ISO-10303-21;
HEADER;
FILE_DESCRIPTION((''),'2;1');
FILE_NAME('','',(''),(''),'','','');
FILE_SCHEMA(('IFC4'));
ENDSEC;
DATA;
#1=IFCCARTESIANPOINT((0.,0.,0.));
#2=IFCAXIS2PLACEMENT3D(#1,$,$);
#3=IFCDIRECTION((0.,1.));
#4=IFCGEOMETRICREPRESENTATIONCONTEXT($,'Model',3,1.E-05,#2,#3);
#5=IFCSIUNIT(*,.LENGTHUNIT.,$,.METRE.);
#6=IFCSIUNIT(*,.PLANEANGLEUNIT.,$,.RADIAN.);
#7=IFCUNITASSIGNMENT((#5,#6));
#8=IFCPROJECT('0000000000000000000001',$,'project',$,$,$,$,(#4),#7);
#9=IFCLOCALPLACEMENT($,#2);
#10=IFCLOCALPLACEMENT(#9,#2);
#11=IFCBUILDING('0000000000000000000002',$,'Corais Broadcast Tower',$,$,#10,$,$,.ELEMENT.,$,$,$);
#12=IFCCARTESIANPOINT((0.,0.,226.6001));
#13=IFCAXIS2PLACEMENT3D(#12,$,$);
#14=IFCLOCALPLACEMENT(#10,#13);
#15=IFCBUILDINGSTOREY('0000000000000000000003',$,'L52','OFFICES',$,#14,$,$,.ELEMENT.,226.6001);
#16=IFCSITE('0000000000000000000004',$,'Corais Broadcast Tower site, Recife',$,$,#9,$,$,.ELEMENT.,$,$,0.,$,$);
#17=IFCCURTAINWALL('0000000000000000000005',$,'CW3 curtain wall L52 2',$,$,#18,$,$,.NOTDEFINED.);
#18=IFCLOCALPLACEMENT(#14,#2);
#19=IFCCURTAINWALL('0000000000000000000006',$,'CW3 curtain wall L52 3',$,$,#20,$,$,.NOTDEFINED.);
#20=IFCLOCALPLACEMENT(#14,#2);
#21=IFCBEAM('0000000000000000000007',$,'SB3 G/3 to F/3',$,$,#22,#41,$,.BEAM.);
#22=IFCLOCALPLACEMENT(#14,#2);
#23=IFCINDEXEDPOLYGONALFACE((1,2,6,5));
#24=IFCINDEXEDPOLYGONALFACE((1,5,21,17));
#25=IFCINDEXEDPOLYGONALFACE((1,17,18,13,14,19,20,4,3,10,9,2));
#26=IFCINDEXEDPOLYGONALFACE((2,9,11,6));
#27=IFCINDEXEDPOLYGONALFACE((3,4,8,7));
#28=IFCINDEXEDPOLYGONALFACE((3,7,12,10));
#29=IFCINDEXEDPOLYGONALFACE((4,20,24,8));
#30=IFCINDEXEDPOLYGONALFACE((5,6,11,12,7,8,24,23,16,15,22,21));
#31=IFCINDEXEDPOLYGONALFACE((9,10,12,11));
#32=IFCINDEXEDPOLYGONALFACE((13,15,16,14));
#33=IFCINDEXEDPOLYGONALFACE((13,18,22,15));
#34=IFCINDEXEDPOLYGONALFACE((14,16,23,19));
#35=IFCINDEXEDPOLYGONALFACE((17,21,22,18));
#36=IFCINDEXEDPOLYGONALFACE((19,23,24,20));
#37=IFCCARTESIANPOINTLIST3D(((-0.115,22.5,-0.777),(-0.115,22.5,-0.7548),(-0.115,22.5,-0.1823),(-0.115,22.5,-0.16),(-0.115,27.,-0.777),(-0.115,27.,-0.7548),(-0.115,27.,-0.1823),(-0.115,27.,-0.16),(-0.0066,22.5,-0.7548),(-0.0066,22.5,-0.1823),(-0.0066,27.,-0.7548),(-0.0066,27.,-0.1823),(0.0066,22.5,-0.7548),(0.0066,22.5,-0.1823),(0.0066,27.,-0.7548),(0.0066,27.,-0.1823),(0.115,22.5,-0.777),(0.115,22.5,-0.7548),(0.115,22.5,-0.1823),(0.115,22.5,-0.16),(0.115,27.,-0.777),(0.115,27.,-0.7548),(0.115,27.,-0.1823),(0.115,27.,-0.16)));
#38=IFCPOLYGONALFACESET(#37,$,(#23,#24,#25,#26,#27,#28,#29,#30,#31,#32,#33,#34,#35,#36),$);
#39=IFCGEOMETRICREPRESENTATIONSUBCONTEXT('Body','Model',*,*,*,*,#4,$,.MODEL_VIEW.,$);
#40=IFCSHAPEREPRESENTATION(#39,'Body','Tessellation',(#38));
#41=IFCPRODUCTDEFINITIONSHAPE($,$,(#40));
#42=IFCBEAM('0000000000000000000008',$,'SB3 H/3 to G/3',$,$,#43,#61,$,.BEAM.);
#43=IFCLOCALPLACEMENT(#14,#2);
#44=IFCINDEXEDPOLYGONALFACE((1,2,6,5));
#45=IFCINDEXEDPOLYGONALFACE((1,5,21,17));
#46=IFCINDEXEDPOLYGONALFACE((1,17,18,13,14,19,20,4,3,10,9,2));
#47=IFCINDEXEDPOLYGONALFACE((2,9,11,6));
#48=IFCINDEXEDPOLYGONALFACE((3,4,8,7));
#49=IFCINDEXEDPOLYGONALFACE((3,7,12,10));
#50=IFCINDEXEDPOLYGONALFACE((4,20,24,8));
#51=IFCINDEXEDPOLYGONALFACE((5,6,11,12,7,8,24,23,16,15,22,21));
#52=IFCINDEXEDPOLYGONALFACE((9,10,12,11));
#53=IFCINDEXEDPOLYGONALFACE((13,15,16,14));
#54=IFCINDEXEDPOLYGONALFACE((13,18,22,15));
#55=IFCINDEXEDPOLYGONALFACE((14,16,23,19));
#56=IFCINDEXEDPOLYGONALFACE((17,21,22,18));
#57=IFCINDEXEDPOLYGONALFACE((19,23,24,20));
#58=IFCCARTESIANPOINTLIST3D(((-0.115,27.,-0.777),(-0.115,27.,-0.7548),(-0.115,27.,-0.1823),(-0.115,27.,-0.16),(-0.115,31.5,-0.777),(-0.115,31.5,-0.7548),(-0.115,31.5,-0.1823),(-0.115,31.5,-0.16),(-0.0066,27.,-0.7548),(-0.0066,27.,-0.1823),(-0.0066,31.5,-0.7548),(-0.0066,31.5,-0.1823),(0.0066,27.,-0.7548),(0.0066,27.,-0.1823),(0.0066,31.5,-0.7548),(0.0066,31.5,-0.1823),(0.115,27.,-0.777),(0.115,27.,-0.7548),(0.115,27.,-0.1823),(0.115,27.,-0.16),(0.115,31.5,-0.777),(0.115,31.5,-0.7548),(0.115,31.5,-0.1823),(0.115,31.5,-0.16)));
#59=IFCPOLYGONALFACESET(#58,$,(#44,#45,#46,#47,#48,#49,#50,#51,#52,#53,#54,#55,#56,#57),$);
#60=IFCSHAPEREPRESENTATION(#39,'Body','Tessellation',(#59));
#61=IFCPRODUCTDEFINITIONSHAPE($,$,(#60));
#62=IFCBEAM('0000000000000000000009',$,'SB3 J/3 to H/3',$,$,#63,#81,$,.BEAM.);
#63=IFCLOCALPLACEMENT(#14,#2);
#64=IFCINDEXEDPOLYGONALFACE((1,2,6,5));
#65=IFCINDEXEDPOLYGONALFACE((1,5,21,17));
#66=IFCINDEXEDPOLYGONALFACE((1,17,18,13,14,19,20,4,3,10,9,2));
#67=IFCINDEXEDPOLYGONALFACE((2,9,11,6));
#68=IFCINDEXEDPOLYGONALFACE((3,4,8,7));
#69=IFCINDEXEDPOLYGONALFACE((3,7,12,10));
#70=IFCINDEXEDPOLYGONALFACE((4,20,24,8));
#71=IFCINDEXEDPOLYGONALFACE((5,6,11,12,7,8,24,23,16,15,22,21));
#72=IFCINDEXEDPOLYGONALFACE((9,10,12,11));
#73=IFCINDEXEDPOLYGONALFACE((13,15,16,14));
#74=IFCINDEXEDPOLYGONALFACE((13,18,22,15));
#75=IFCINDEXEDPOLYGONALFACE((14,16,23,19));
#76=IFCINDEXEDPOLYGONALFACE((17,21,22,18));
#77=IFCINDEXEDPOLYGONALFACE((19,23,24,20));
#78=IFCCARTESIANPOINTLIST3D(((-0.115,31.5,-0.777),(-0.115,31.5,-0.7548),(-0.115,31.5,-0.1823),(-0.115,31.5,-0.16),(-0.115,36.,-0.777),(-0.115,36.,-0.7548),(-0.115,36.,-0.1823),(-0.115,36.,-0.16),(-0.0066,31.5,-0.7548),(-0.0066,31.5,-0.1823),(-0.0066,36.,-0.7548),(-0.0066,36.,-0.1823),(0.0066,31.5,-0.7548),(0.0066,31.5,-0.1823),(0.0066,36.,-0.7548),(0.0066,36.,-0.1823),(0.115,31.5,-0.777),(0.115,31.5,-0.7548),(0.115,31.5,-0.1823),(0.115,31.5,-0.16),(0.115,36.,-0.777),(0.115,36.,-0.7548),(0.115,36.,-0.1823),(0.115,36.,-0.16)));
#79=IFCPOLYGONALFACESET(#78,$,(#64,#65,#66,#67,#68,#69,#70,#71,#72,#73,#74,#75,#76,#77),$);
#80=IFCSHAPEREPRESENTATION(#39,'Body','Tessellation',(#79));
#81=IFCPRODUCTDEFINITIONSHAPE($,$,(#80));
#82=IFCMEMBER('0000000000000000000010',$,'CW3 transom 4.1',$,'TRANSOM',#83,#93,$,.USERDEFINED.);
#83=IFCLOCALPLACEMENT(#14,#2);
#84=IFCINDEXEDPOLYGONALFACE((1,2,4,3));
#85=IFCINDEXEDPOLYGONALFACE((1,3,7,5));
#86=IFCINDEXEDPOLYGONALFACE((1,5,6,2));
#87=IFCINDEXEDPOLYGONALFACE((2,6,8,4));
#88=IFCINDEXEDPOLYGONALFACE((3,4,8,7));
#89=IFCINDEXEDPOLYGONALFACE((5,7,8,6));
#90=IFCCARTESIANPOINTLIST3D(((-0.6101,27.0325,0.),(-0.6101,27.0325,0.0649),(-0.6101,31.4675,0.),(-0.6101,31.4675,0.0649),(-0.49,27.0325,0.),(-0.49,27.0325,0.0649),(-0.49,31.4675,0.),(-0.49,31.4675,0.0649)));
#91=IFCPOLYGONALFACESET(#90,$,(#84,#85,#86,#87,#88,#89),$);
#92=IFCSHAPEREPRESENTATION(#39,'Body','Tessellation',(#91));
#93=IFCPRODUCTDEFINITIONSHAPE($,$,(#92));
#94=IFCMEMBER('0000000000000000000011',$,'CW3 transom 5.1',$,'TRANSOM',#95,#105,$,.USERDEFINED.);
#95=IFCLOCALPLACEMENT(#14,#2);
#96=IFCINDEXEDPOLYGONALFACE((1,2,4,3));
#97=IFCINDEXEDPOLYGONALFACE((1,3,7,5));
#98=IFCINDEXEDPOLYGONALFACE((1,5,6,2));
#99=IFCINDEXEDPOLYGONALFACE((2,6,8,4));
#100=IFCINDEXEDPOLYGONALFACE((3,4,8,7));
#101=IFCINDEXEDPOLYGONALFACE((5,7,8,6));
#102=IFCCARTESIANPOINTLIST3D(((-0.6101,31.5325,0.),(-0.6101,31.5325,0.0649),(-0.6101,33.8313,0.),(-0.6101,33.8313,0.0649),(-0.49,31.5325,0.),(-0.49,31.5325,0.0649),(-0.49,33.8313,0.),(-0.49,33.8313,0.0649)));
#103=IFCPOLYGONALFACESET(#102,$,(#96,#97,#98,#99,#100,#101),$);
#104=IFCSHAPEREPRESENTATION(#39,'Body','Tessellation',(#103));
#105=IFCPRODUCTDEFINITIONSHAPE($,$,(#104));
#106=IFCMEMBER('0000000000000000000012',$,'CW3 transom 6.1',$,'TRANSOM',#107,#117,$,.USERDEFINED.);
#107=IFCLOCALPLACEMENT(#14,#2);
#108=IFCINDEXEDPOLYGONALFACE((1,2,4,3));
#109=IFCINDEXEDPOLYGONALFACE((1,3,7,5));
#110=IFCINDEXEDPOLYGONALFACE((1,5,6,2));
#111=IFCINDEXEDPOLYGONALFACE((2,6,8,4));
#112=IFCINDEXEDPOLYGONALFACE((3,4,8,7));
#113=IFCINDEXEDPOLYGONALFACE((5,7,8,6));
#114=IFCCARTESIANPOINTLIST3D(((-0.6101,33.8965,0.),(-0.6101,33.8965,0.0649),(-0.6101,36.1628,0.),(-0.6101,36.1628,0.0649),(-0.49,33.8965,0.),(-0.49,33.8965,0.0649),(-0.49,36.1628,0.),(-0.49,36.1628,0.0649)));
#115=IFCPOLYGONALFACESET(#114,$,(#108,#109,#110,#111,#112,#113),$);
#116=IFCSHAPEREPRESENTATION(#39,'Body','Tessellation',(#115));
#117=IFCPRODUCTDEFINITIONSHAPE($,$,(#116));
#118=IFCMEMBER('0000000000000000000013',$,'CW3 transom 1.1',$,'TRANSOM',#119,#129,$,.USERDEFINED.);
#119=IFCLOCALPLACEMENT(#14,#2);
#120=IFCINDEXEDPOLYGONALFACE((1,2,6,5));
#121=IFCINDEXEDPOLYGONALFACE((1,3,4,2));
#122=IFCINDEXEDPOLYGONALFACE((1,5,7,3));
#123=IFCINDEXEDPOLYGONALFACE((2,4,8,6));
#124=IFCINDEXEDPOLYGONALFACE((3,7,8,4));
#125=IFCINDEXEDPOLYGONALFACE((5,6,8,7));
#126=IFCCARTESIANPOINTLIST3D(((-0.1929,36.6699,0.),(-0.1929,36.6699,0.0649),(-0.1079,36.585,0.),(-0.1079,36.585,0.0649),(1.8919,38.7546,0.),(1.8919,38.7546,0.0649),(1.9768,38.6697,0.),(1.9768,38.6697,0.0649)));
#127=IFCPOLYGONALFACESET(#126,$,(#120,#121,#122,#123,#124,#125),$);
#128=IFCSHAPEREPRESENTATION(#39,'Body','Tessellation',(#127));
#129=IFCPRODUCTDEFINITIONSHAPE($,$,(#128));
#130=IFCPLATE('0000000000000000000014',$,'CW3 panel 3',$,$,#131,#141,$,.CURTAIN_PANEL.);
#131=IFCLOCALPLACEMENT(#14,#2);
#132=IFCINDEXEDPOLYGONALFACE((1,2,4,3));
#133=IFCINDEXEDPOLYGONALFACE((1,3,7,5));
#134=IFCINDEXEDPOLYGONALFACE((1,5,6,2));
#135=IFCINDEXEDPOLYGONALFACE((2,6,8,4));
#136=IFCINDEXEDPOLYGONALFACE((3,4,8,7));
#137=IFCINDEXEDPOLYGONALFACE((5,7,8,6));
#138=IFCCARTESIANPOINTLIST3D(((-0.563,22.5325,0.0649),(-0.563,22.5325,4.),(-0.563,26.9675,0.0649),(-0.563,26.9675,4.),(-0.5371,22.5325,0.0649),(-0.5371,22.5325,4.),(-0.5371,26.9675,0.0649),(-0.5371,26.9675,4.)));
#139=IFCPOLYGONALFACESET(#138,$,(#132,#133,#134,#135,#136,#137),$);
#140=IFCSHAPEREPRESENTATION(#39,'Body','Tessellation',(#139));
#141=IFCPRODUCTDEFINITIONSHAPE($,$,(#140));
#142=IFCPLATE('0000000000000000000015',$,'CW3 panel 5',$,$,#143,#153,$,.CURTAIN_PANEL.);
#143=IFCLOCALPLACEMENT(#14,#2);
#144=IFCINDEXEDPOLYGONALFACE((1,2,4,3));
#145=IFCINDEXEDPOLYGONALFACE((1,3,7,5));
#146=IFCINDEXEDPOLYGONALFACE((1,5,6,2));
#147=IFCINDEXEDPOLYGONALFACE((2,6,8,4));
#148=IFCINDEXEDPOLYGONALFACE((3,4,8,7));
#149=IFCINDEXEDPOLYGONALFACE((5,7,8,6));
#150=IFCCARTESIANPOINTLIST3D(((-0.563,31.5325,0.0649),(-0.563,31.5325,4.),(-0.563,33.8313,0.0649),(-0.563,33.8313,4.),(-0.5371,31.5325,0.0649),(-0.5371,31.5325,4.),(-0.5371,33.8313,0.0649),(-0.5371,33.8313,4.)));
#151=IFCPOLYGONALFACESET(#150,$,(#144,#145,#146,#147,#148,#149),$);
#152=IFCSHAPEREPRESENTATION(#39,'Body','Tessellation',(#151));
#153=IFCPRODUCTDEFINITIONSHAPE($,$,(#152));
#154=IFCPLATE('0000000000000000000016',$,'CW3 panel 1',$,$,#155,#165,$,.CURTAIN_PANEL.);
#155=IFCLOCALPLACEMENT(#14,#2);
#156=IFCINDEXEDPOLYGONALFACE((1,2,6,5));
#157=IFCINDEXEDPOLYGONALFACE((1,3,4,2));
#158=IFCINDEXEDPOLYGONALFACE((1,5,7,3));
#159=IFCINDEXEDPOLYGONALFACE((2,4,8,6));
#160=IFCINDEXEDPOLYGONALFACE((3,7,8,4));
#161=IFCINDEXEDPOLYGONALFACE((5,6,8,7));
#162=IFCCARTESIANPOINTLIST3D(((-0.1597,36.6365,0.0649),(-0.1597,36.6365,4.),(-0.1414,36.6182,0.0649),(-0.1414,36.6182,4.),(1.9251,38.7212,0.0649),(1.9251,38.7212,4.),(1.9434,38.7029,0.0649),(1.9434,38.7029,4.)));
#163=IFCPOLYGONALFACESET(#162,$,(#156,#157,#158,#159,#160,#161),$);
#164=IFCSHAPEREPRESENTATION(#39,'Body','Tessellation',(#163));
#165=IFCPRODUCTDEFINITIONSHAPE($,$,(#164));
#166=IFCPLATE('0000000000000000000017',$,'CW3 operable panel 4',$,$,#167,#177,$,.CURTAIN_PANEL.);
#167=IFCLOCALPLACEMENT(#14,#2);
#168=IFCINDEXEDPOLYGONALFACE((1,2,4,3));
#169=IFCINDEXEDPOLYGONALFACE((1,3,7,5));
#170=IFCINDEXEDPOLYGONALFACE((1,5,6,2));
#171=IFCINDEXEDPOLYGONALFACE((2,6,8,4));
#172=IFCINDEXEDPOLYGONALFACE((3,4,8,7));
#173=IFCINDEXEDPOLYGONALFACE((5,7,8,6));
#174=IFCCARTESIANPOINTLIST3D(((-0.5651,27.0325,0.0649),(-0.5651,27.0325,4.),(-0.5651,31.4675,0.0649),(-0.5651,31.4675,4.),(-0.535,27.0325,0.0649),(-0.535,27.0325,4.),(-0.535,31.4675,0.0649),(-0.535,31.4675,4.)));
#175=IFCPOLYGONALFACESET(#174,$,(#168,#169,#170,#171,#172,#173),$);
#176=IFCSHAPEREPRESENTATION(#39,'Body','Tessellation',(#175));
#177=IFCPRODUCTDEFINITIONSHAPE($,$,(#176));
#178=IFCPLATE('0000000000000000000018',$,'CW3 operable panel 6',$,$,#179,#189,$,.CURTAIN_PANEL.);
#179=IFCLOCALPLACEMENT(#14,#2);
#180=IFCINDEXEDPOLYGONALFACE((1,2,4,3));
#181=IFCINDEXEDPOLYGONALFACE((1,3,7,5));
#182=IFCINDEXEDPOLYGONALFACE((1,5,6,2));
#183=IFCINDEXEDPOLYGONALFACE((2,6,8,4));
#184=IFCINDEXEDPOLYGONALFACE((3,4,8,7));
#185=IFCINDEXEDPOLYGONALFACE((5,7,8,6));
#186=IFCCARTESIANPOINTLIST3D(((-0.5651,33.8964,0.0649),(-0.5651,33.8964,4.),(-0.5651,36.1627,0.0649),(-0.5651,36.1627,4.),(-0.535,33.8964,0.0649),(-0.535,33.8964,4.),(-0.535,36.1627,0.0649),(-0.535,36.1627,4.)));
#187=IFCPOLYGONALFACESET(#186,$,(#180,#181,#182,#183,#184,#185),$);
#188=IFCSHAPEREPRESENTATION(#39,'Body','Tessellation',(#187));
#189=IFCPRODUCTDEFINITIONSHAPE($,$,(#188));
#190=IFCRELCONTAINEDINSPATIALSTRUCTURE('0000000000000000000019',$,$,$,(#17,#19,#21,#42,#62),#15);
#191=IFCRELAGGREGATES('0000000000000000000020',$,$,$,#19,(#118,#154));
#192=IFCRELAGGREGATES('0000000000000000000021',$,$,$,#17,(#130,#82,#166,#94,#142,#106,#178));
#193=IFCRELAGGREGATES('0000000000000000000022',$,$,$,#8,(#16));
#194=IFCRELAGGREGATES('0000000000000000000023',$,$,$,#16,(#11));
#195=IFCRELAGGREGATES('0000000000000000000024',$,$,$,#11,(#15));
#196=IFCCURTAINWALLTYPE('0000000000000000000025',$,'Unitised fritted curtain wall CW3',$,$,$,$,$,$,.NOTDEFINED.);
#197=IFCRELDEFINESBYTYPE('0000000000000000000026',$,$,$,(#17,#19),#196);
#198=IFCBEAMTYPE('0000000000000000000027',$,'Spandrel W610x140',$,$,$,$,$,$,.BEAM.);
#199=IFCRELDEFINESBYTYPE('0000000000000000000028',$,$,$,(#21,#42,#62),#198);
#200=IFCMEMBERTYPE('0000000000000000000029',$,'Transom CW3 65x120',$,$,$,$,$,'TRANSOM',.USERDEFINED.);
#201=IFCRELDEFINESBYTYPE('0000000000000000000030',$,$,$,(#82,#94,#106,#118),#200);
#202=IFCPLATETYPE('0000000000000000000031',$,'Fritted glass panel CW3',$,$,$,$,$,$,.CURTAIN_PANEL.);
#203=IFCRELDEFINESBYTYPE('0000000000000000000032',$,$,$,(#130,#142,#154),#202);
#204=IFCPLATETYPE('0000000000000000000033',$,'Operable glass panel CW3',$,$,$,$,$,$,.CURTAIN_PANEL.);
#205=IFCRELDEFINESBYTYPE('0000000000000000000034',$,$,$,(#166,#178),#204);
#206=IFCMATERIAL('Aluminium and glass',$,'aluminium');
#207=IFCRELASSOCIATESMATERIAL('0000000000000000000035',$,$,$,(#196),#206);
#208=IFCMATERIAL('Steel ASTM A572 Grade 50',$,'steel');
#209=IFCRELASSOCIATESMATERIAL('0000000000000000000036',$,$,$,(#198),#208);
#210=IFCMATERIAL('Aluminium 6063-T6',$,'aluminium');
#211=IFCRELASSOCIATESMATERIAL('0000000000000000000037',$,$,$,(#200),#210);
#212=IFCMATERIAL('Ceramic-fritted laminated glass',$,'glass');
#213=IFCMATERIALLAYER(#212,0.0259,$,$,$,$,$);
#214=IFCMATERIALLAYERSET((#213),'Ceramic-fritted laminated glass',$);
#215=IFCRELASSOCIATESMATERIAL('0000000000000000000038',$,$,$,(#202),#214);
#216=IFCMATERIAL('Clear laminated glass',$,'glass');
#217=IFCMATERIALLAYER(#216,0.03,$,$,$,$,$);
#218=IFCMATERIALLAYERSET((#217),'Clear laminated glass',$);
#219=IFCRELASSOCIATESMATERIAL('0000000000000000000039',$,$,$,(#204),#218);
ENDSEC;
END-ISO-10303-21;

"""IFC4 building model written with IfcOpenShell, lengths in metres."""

from ifc_helpers import new_model, si_unit, direction, frame, origin, origin_2d, place, context, subcontext, project, spatial, rectangle, i_section, extrude, material, layer, layer_set, material_profile, profile_set, type_object, element, aggregate, save


model = new_model("IFC4")

# Units and contexts
model_context = context("Model", 3, precision=1e-05, world=origin(), true_north=direction((0.0, 1.0)))
body_context = subcontext(model_context, "Body", "Model", "MODEL_VIEW")
ifc_project = project(units=[si_unit("LENGTHUNIT", "METRE"), si_unit("PLANEANGLEUNIT", "RADIAN")], contexts=[model_context])

# Site, building, storey
site_placement = place(None, origin())
site = spatial("IfcSite", under=ifc_project, at=site_placement, Name="Corais Broadcast Tower site, Recife", CompositionType="ELEMENT", RefElevation=0.0)
building_placement = place(site_placement, origin())
building = spatial("IfcBuilding", under=site, at=building_placement, Name="Corais Broadcast Tower", CompositionType="ELEMENT")
storey_placement = place(building_placement, frame((0.0, 0.0, 226.6001)))
storey = spatial("IfcBuildingStorey", under=building, at=storey_placement, Name="L52", Description="OFFICES", CompositionType="ELEMENT", Elevation=226.6001)

# Curtain walls
ifc_material_1 = material(Name="Aluminium and glass", Category="aluminium")
curtain_wall_type = type_object("IfcCurtainWallType", Name="Unitised fritted curtain wall CW3", PredefinedType="NOTDEFINED", material=ifc_material_1)
curtain_wall_1_placement = place(storey_placement, origin())
curtain_wall_1 = element("IfcCurtainWall", 1, at=curtain_wall_1_placement, inside=storey, type_object=curtain_wall_type, Name="CW3 curtain wall L52 2", PredefinedType="NOTDEFINED")
curtain_wall_2_placement = place(storey_placement, origin())
curtain_wall_2 = element("IfcCurtainWall", 2, at=curtain_wall_2_placement, inside=storey, type_object=curtain_wall_type, Name="CW3 curtain wall L52 3", PredefinedType="NOTDEFINED")

# Beams
ifc_material_2 = material(Name="Steel ASTM A572 Grade 50", Category="steel")
ifc_material_profile_1 = material_profile(ifc_material_2, i_section(OverallWidth=0.23, OverallDepth=0.6169, WebThickness=0.0132, FlangeThickness=0.0222, at=origin_2d()), Name="W610x140")
ifc_profile_set_1 = profile_set([ifc_material_profile_1], Name="Steel ASTM A572 Grade 50")
beam_type_1 = type_object("IfcBeamType", Name="Spandrel W610x140", PredefinedType="BEAM", material=ifc_profile_set_1)
for number, where, z_axis, x_axis, name in (
    (3, (0.0, 27.0, -0.4685), (0.0, -1.0, 0.0), (1.0, 0.0, 0.0), "SB3 G/3 to F/3"),
    (4, (0.0, 31.5, -0.4685), (0.0, -1.0, 0.0), (1.0, 0.0, 0.0), "SB3 H/3 to G/3"),
    (5, (0.0, 36.0, -0.4685), (0.0, -1.0, 0.0), (1.0, 0.0, 0.0), "SB3 J/3 to H/3"),
):
    element("IfcBeam", number, at=place(storey_placement, frame(where, z_axis=z_axis, x_axis=x_axis)), inside=storey, type_object=beam_type_1, Name=name, PredefinedType="BEAM", context=body_context, shape_type="SweptSolid", body=[
        extrude(i_section(OverallWidth=0.23, OverallDepth=0.6169, WebThickness=0.0132, FlangeThickness=0.0222, at=origin_2d()), origin(), (0.0, 0.0, 1.0), 4.5),
    ])

# Members
ifc_material_3 = material(Name="Aluminium 6063-T6", Category="aluminium")
ifc_material_profile_2 = material_profile(ifc_material_3, rectangle(XDim=0.1201, YDim=0.0649, at=origin_2d()), Name="Transom CW3 65x120")
ifc_profile_set_2 = profile_set([ifc_material_profile_2], Name="Aluminium 6063-T6")
member_type_1 = type_object("IfcMemberType", Name="Transom CW3 65x120", ElementType="TRANSOM", PredefinedType="USERDEFINED", material=ifc_profile_set_2)
member_1_placement = place(storey_placement, frame((-0.55, 27.0325, 0.0325), z_axis=(0.0, 1.0, 0.0), x_axis=(-1.0, 0.0, 0.0)))
member_1 = element("IfcMember", 6, at=member_1_placement, type_object=member_type_1, Name="CW3 transom 4.1", ObjectType="TRANSOM", PredefinedType="USERDEFINED", context=body_context, shape_type="SweptSolid", body=[
    extrude(rectangle(XDim=0.1201, YDim=0.0649, at=origin_2d()), origin(), (0.0, 0.0, 1.0), 4.4351),
])
member_2_placement = place(storey_placement, frame((-0.55, 31.5325, 0.0325), z_axis=(0.0, 1.0, 0.0), x_axis=(-1.0, 0.0, 0.0)))
member_2 = element("IfcMember", 7, at=member_2_placement, type_object=member_type_1, Name="CW3 transom 5.1", ObjectType="TRANSOM", PredefinedType="USERDEFINED", context=body_context, shape_type="SweptSolid", body=[
    extrude(rectangle(XDim=0.1201, YDim=0.0649, at=origin_2d()), origin(), (0.0, 0.0, 1.0), 2.2988),
])
member_3_placement = place(storey_placement, frame((-0.55, 33.8965, 0.0325), z_axis=(0.0, 1.0, 0.0), x_axis=(-1.0, 0.0, 0.0)))
member_3 = element("IfcMember", 8, at=member_3_placement, type_object=member_type_1, Name="CW3 transom 6.1", ObjectType="TRANSOM", PredefinedType="USERDEFINED", context=body_context, shape_type="SweptSolid", body=[
    extrude(rectangle(XDim=0.1201, YDim=0.0649, at=origin_2d()), origin(), (0.0, 0.0, 1.0), 2.2664),
])
member_4_placement = place(storey_placement, frame((-0.1504, 36.6274, 0.0325), z_axis=(0.707107, 0.707107, 0.0), x_axis=(-0.707107, 0.707107, 0.0)))
member_4 = element("IfcMember", 9, at=member_4_placement, type_object=member_type_1, Name="CW3 transom 1.1", ObjectType="TRANSOM", PredefinedType="USERDEFINED", context=body_context, shape_type="SweptSolid", body=[
    extrude(rectangle(XDim=0.1201, YDim=0.0649, at=origin_2d()), origin(), (0.0, 0.0, 1.0), 2.9482),
])

# Plates
ifc_material_4 = material(Name="Ceramic-fritted laminated glass", Category="glass")
ifc_layer_1 = layer(ifc_material_4, 0.0259)
ifc_layer_set_1 = layer_set([ifc_layer_1], Name="Ceramic-fritted laminated glass")
plate_type_1 = type_object("IfcPlateType", Name="Fritted glass panel CW3", PredefinedType="CURTAIN_PANEL", material=ifc_layer_set_1)
plate_1_placement = place(storey_placement, frame((-0.55, 24.75, 0.0649), z_axis=(0.0, 0.0, 1.0), x_axis=(0.0, 1.0, 0.0)))
plate_1 = element("IfcPlate", 10, at=plate_1_placement, type_object=plate_type_1, Name="CW3 panel 3", PredefinedType="CURTAIN_PANEL", context=body_context, shape_type="SweptSolid", body=[
    extrude(rectangle(XDim=4.4351, YDim=0.0259, at=origin_2d()), origin(), (0.0, 0.0, 1.0), 3.9351),
])
plate_2_placement = place(storey_placement, frame((-0.55, 32.6819, 0.0649), z_axis=(0.0, 0.0, 1.0), x_axis=(0.0, 1.0, 0.0)))
plate_2 = element("IfcPlate", 11, at=plate_2_placement, type_object=plate_type_1, Name="CW3 panel 5", PredefinedType="CURTAIN_PANEL", context=body_context, shape_type="SweptSolid", body=[
    extrude(rectangle(XDim=2.2988, YDim=0.0259, at=origin_2d()), origin(), (0.0, 0.0, 1.0), 3.9351),
])
plate_3_placement = place(storey_placement, frame((0.8918, 37.6697, 0.0649), z_axis=(0.0, 0.0, 1.0), x_axis=(0.707107, 0.707107, 0.0)))
plate_3 = element("IfcPlate", 12, at=plate_3_placement, type_object=plate_type_1, Name="CW3 panel 1", PredefinedType="CURTAIN_PANEL", context=body_context, shape_type="SweptSolid", body=[
    extrude(rectangle(XDim=2.9482, YDim=0.0259, at=origin_2d()), origin(), (0.0, 0.0, 1.0), 3.9351),
])
aggregate(curtain_wall_2, [member_4, plate_3])
ifc_material_5 = material(Name="Clear laminated glass", Category="glass")
ifc_layer_2 = layer(ifc_material_5, 0.03)
ifc_layer_set_2 = layer_set([ifc_layer_2], Name="Clear laminated glass")
plate_type_2 = type_object("IfcPlateType", Name="Operable glass panel CW3", PredefinedType="CURTAIN_PANEL", material=ifc_layer_set_2)
plate_4_placement = place(storey_placement, frame((-0.55, 29.25, 0.0649), z_axis=(0.0, 0.0, 1.0), x_axis=(0.0, 1.0, 0.0)))
plate_4 = element("IfcPlate", 13, at=plate_4_placement, type_object=plate_type_2, Name="CW3 operable panel 4", PredefinedType="CURTAIN_PANEL", context=body_context, shape_type="SweptSolid", body=[
    extrude(rectangle(XDim=4.4351, YDim=0.03, at=origin_2d()), origin(), (0.0, 0.0, 1.0), 3.9351),
])
plate_5_placement = place(storey_placement, frame((-0.55, 35.0295, 0.0649), z_axis=(0.0, 0.0, 1.0), x_axis=(0.0, 1.0, 0.0)))
plate_5 = element("IfcPlate", 14, at=plate_5_placement, type_object=plate_type_2, Name="CW3 operable panel 6", PredefinedType="CURTAIN_PANEL", context=body_context, shape_type="SweptSolid", body=[
    extrude(rectangle(XDim=2.2664, YDim=0.03, at=origin_2d()), origin(), (0.0, 0.0, 1.0), 3.9351),
])
aggregate(curtain_wall_1, [plate_1, member_1, plate_4, member_2, plate_2, member_3, plate_5])

save(model, "model.ifc")
